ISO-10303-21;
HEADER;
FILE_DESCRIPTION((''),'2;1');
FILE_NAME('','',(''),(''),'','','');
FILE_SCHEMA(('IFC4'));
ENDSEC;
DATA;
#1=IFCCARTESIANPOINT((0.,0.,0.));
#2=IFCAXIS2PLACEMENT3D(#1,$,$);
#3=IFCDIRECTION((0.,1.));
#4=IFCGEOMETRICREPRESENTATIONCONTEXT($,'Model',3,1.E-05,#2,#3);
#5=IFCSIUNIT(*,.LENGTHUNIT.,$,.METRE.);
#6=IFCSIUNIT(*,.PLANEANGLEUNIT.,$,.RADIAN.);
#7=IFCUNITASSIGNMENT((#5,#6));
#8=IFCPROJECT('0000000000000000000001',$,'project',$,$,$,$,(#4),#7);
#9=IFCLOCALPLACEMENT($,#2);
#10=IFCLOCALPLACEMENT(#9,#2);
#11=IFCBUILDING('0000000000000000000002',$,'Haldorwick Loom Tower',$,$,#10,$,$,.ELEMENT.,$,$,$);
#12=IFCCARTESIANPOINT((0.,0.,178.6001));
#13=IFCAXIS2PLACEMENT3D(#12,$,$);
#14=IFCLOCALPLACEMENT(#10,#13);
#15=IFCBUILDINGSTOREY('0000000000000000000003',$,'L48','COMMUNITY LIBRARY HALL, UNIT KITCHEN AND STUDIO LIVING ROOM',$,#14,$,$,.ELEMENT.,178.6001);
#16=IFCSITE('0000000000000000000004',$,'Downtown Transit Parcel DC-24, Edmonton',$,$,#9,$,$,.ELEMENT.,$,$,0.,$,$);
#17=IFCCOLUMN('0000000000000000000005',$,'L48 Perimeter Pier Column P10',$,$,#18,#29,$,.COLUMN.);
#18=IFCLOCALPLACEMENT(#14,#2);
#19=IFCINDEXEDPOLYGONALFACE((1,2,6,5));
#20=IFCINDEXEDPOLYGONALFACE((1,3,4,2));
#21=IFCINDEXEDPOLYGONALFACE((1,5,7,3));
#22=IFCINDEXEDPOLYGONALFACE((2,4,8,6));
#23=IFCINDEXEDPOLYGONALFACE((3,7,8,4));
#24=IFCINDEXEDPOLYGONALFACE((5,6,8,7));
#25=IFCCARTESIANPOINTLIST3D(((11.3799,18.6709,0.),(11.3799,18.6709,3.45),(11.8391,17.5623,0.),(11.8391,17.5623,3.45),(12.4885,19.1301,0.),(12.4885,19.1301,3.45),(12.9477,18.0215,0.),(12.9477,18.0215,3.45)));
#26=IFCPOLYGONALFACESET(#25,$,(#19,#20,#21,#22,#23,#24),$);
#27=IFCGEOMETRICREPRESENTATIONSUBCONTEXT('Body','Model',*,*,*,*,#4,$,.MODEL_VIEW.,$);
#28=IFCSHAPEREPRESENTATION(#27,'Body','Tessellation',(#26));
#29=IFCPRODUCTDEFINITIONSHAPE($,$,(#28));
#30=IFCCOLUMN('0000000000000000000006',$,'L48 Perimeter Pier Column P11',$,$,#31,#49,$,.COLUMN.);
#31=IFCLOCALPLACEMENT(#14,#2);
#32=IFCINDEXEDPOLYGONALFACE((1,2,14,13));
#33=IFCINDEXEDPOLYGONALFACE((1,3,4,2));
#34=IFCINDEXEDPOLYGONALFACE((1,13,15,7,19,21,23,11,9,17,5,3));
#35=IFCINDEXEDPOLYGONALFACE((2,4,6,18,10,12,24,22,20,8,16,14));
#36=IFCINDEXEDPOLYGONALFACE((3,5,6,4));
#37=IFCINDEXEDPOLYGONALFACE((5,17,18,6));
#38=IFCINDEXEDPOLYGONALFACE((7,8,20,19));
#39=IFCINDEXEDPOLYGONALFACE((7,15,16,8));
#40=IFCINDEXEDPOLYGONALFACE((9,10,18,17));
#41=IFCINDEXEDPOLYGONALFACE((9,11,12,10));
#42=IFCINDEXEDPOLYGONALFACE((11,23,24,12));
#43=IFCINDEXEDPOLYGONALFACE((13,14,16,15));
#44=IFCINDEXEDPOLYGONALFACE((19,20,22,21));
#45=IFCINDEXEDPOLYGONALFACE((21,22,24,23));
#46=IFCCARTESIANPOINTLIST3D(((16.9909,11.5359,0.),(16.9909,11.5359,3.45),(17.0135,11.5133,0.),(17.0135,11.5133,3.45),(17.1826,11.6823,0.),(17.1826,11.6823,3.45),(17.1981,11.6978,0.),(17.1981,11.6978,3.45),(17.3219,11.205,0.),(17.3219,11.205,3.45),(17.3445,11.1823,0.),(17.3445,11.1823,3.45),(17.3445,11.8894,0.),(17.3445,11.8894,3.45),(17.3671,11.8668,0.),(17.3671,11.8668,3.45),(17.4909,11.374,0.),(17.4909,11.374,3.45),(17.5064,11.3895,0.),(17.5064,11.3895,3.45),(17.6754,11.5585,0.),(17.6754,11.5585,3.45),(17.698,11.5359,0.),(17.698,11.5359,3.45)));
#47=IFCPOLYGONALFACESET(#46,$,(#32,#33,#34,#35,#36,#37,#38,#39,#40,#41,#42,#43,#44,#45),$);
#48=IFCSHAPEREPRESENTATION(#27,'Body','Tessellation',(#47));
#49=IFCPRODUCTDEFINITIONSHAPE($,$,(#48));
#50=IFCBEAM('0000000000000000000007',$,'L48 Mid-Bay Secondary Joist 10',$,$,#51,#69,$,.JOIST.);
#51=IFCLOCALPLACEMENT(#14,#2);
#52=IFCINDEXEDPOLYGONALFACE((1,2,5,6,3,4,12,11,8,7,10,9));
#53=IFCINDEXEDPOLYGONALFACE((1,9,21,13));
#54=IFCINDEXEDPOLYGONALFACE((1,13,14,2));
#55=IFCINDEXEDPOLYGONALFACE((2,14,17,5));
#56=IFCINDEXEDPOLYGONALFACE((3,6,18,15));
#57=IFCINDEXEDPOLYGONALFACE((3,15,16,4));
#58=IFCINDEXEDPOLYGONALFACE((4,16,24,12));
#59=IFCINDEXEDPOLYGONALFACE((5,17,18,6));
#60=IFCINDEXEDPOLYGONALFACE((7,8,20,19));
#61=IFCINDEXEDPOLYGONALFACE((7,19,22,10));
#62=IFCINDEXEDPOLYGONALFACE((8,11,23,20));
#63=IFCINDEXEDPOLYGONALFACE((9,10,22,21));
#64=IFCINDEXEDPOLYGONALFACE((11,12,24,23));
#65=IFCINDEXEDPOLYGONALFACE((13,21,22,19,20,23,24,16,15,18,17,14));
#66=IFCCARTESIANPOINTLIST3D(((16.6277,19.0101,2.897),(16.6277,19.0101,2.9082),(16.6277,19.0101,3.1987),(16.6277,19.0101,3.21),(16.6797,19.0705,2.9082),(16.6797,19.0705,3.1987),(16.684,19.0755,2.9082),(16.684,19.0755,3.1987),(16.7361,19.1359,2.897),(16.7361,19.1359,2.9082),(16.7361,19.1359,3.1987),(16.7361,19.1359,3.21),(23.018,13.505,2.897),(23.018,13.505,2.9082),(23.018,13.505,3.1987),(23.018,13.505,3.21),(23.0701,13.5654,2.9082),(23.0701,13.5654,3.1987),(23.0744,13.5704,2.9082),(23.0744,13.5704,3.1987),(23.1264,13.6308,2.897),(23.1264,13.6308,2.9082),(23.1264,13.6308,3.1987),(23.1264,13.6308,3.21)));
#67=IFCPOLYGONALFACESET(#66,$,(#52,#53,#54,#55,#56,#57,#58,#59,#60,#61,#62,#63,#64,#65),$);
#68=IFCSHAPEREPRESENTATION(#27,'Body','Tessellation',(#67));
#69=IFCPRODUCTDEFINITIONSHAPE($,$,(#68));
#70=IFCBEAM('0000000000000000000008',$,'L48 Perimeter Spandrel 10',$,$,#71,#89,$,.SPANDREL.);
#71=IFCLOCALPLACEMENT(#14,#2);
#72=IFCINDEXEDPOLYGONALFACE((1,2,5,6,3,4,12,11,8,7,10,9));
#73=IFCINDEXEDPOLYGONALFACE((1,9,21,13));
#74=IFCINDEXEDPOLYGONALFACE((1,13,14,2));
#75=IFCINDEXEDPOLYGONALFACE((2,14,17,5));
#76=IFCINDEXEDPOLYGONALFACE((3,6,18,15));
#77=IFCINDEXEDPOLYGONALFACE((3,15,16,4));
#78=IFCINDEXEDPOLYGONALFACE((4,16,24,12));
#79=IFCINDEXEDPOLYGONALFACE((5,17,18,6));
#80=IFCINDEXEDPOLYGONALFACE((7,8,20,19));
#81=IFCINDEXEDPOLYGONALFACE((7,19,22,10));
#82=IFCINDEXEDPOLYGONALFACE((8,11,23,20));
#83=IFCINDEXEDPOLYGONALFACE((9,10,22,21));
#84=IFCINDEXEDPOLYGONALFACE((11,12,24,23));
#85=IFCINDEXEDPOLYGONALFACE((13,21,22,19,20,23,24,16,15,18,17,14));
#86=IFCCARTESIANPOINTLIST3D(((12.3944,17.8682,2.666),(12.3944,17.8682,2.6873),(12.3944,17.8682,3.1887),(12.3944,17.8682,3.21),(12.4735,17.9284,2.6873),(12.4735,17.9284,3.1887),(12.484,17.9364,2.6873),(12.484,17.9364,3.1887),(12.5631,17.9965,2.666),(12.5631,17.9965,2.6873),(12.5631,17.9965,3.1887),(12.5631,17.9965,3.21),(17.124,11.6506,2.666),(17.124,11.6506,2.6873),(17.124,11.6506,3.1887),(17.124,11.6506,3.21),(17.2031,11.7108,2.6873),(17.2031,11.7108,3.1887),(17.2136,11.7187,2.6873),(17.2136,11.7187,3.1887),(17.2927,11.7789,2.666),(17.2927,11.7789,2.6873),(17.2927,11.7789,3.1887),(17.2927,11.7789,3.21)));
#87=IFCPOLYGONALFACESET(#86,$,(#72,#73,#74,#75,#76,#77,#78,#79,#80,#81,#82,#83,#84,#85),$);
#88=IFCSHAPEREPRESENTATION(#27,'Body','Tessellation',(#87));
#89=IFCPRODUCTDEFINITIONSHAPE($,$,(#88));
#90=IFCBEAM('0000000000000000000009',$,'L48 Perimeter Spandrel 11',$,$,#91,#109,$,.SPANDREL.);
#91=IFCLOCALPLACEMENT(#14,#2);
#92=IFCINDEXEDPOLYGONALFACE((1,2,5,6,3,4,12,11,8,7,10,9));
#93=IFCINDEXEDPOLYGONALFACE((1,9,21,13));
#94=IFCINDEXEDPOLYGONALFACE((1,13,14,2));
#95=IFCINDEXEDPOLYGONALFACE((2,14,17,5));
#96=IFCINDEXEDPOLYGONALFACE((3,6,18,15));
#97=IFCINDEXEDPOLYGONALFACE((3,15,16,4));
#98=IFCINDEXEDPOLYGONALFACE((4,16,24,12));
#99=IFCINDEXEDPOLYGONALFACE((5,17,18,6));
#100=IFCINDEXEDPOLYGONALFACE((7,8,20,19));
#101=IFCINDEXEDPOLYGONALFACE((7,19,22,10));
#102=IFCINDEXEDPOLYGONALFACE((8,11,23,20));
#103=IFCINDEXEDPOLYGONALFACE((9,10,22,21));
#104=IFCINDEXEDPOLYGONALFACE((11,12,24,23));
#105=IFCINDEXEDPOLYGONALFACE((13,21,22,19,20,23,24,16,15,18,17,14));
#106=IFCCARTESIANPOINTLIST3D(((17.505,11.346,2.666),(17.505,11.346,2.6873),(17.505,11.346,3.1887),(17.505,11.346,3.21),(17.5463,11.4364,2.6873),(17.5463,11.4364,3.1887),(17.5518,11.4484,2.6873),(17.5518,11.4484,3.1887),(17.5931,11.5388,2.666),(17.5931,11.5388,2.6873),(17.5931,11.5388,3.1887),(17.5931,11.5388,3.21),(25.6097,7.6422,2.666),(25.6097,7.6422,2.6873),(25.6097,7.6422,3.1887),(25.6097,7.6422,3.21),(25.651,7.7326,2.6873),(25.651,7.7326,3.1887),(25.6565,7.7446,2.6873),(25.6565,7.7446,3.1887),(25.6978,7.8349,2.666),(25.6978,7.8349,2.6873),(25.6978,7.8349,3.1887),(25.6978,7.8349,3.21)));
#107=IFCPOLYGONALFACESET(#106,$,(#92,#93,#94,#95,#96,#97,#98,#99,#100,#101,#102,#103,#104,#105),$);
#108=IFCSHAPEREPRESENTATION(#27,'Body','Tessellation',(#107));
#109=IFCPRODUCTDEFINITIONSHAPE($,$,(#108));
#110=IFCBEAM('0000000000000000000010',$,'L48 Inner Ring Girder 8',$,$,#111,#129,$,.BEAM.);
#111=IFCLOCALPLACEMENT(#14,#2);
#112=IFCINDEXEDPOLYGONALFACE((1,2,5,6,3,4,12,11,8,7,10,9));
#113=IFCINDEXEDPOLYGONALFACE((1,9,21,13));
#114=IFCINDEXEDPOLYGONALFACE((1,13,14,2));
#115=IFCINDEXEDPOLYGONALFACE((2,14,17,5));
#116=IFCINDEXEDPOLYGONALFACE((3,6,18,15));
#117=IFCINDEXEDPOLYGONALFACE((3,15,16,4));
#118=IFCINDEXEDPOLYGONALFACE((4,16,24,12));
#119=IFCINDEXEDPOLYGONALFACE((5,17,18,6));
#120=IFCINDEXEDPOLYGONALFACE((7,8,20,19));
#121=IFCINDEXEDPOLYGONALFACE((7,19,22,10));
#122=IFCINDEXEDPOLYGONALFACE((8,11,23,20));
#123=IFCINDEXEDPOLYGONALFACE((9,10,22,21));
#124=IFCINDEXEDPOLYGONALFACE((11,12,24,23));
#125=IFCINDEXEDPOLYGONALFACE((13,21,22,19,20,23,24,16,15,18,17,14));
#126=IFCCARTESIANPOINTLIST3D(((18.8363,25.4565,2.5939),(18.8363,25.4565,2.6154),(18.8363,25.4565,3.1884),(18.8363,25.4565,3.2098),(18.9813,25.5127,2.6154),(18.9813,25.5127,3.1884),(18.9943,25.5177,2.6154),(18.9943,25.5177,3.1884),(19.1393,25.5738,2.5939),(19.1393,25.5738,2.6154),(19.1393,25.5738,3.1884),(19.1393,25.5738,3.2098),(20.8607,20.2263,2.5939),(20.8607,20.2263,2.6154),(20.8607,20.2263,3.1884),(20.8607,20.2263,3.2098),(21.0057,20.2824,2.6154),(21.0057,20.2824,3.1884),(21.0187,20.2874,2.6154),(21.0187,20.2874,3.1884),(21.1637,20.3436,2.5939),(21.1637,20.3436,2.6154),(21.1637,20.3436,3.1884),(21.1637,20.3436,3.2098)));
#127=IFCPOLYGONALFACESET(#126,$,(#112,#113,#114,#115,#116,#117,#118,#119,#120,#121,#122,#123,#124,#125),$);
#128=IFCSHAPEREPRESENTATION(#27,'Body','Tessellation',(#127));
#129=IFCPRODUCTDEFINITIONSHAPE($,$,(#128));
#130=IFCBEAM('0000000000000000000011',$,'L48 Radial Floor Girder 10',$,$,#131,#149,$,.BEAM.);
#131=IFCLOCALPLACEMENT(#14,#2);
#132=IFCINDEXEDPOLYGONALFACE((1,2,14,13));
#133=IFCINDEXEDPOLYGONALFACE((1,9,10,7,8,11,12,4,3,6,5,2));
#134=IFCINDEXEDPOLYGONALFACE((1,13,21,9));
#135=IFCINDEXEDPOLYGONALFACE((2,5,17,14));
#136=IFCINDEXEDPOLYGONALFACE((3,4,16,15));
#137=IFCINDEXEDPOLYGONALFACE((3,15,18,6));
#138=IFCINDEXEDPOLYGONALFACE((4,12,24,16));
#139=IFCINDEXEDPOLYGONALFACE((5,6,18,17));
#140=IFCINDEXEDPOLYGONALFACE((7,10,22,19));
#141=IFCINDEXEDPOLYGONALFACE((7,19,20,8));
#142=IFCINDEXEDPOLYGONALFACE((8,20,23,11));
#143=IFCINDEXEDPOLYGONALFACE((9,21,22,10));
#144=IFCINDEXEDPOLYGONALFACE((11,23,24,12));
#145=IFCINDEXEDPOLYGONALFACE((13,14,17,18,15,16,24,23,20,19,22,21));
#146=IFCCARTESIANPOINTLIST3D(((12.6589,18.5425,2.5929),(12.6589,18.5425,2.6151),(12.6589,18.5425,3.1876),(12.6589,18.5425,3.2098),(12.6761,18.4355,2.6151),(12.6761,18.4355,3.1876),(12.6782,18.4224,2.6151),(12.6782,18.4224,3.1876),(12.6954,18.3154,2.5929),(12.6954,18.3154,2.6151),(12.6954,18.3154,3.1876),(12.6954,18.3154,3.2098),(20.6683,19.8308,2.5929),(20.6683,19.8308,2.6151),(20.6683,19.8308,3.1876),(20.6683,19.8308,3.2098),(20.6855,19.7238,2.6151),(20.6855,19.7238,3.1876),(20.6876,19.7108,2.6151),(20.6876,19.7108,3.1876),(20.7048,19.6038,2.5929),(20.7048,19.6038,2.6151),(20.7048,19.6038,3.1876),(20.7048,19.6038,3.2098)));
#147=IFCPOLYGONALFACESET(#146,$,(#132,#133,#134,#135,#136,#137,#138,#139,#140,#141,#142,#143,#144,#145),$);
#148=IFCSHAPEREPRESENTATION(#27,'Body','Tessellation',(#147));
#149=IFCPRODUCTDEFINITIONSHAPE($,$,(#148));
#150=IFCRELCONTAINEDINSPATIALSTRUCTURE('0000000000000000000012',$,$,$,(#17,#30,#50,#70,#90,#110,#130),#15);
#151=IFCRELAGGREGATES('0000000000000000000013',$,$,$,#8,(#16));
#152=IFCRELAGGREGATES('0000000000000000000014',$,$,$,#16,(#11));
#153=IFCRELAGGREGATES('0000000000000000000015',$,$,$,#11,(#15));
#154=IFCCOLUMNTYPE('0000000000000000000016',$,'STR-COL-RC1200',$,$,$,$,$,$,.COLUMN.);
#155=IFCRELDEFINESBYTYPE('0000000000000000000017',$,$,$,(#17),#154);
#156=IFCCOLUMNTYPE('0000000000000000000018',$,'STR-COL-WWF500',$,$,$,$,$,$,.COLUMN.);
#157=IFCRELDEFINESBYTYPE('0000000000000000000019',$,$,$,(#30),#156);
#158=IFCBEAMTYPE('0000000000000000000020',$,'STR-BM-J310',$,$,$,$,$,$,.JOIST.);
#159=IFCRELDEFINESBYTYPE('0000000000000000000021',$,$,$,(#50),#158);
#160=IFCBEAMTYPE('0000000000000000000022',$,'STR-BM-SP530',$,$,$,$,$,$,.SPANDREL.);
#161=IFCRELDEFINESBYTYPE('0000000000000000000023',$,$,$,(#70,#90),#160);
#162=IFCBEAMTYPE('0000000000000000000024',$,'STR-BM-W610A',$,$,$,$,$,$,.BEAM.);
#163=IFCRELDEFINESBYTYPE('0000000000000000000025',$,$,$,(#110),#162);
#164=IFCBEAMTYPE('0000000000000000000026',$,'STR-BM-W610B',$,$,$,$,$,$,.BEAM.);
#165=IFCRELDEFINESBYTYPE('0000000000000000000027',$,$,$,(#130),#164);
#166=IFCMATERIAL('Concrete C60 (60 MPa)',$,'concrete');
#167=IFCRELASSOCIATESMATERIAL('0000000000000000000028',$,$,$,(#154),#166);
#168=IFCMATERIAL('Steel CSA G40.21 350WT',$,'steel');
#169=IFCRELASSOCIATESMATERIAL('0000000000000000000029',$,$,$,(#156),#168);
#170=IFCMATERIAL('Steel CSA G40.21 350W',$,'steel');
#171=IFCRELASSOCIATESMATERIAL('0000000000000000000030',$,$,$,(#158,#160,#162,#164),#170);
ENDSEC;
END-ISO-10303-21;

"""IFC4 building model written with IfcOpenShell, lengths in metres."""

from ifc_helpers import new_model, si_unit, direction, frame, origin, origin_2d, place, context, subcontext, project, spatial, rectangle, i_section, extrude, material, material_profile, profile_set, type_object, element, save


model = new_model("IFC4")

# Units and contexts
model_context = context("Model", 3, precision=1e-05, world=origin(), true_north=direction((0.0, 1.0)))
body_context = subcontext(model_context, "Body", "Model", "MODEL_VIEW")
ifc_project = project(units=[si_unit("LENGTHUNIT", "METRE"), si_unit("PLANEANGLEUNIT", "RADIAN")], contexts=[model_context])

# Site, building, storey
site_placement = place(None, origin())
site = spatial("IfcSite", under=ifc_project, at=site_placement, Name="Downtown Transit Parcel DC-24, Edmonton", CompositionType="ELEMENT", RefElevation=0.0)
building_placement = place(site_placement, origin())
building = spatial("IfcBuilding", under=site, at=building_placement, Name="Haldorwick Loom Tower", CompositionType="ELEMENT")
storey_placement = place(building_placement, frame((0.0, 0.0, 178.6001)))
storey = spatial("IfcBuildingStorey", under=building, at=storey_placement, Name="L48", Description="COMMUNITY LIBRARY HALL, UNIT KITCHEN AND STUDIO LIVING ROOM", CompositionType="ELEMENT", Elevation=178.6001)

# Columns
ifc_material_1 = material(Name="Concrete C60 (60 MPa)", Category="concrete")
ifc_material_profile_1 = material_profile(ifc_material_1, rectangle(XDim=1.2, YDim=1.2, at=origin_2d()), Name="RC1200X1200", Category="concrete")
ifc_profile_set_1 = profile_set([ifc_material_profile_1], Name="Concrete C60 (60 MPa)")
column_type_1 = type_object("IfcColumnType", Name="STR-COL-RC1200", PredefinedType="COLUMN", material=ifc_profile_set_1)
column_1_placement = place(storey_placement, frame((12.1638, 18.3462, 0.0), z_axis=(0.0, 0.0, 1.0), x_axis=(-0.92388, -0.382683, 0.0)))
element("IfcColumn", 1, at=column_1_placement, inside=storey, type_object=column_type_1, Name="L48 Perimeter Pier Column P10", PredefinedType="COLUMN", context=body_context, shape_type="SweptSolid", body=[
    extrude(rectangle(XDim=1.2, YDim=1.2, at=origin_2d()), origin(), (0.0, 0.0, 1.0), 3.45),
])
ifc_material_2 = material(Name="Steel CSA G40.21 350WT", Category="steel")
ifc_material_profile_2 = material_profile(ifc_material_2, i_section(OverallWidth=0.5, OverallDepth=0.5, WebThickness=0.022, FlangeThickness=0.032, at=origin_2d()), Name="WWF500X500", Category="steel")
ifc_profile_set_2 = profile_set([ifc_material_profile_2], Name="Steel CSA G40.21 350WT")
column_type_2 = type_object("IfcColumnType", Name="STR-COL-WWF500", PredefinedType="COLUMN", material=ifc_profile_set_2)
column_2_placement = place(storey_placement, frame((17.3445, 11.5359, 0.0), z_axis=(0.0, 0.0, 1.0), x_axis=(-0.707107, -0.707107, 0.0)))
element("IfcColumn", 2, at=column_2_placement, inside=storey, type_object=column_type_2, Name="L48 Perimeter Pier Column P11", PredefinedType="COLUMN", context=body_context, shape_type="SweptSolid", body=[
    extrude(i_section(OverallWidth=0.5, OverallDepth=0.5, WebThickness=0.022, FlangeThickness=0.032, at=origin_2d()), origin(), (0.0, 0.0, 1.0), 3.45),
])

# Beams
ifc_material_3 = material(Name="Steel CSA G40.21 350W", Category="steel")
ifc_material_profile_3 = material_profile(ifc_material_3, i_section(OverallWidth=0.166, OverallDepth=0.313, WebThickness=0.0066, FlangeThickness=0.0112, at=origin_2d()), Name="W310X45", Category="steel")
ifc_profile_set_3 = profile_set([ifc_material_profile_3], Name="Steel CSA G40.21 350W")
beam_type_1 = type_object("IfcBeamType", Name="STR-BM-J310", PredefinedType="JOIST", material=ifc_profile_set_3)
beam_1_placement = place(storey_placement, frame((16.6819, 19.073, 3.0535), z_axis=(0.757634, -0.65268, 0.0), x_axis=(0.65268, 0.757634, 0.0)))
element("IfcBeam", 3, at=beam_1_placement, inside=storey, type_object=beam_type_1, Name="L48 Mid-Bay Secondary Joist 10", PredefinedType="JOIST", context=body_context, shape_type="SweptSolid", body=[
    extrude(i_section(OverallWidth=0.166, OverallDepth=0.313, WebThickness=0.0066, FlangeThickness=0.0112, at=origin_2d()), origin(), (0.0, 0.0, 1.0), 8.4346),
])
ifc_material_profile_4 = material_profile(ifc_material_3, i_section(OverallWidth=0.2119, OverallDepth=0.5439, WebThickness=0.0132, FlangeThickness=0.0212, at=origin_2d()), Name="W530X123", Category="steel")
ifc_profile_set_4 = profile_set([ifc_material_profile_4], Name="Steel CSA G40.21 350W")
beam_type_2 = type_object("IfcBeamType", Name="STR-BM-SP530", PredefinedType="SPANDREL", material=ifc_profile_set_4)
beam_2_placement = place(storey_placement, frame((12.4788, 17.9324, 2.938), z_axis=(0.605422, -0.795905, 0.0), x_axis=(0.795905, 0.605422, 0.0)))
element("IfcBeam", 4, at=beam_2_placement, inside=storey, type_object=beam_type_2, Name="L48 Perimeter Spandrel 10", PredefinedType="SPANDREL", context=body_context, shape_type="SweptSolid", body=[
    extrude(i_section(OverallWidth=0.2119, OverallDepth=0.5439, WebThickness=0.0132, FlangeThickness=0.0212, at=origin_2d()), origin(), (0.0, 0.0, 1.0), 7.812),
])
beam_3_placement = place(storey_placement, frame((17.5491, 11.4424, 2.938), z_axis=(0.909524, -0.415652, 0.0), x_axis=(0.415652, 0.909524, 0.0)))
element("IfcBeam", 5, at=beam_3_placement, inside=storey, type_object=beam_type_2, Name="L48 Perimeter Spandrel 11", PredefinedType="SPANDREL", context=body_context, shape_type="SweptSolid", body=[
    extrude(i_section(OverallWidth=0.2119, OverallDepth=0.5439, WebThickness=0.0132, FlangeThickness=0.0212, at=origin_2d()), origin(), (0.0, 0.0, 1.0), 8.9109),
])
ifc_material_profile_5 = material_profile(ifc_material_3, i_section(OverallWidth=0.325, OverallDepth=0.616, WebThickness=0.0139, FlangeThickness=0.0215, at=origin_2d()), Name="W610X174", Category="steel")
ifc_profile_set_5 = profile_set([ifc_material_profile_5], Name="Steel CSA G40.21 350W")
beam_type_3 = type_object("IfcBeamType", Name="STR-BM-W610A", PredefinedType="BEAM", material=ifc_profile_set_5)
beam_4_placement = place(storey_placement, frame((21.0122, 20.2849, 2.9019), z_axis=(-0.360965, 0.932579, 0.0), x_axis=(-0.932579, -0.360965, 0.0)))
element("IfcBeam", 6, at=beam_4_placement, inside=storey, type_object=beam_type_3, Name="L48 Inner Ring Girder 8", PredefinedType="BEAM", context=body_context, shape_type="SweptSolid", body=[
    extrude(i_section(OverallWidth=0.325, OverallDepth=0.616, WebThickness=0.0139, FlangeThickness=0.0215, at=origin_2d()), origin(), (0.0, 0.0, 1.0), 5.6084),
])
ifc_material_profile_6 = material_profile(ifc_material_3, i_section(OverallWidth=0.23, OverallDepth=0.6169, WebThickness=0.0132, FlangeThickness=0.0222, at=origin_2d()), Name="W610X140", Category="steel")
ifc_profile_set_6 = profile_set([ifc_material_profile_6], Name="Steel CSA G40.21 350W")
beam_type_4 = type_object("IfcBeamType", Name="STR-BM-W610B", PredefinedType="BEAM", material=ifc_profile_set_6)
beam_5_placement = place(storey_placement, frame((20.6865, 19.7173, 2.9014), z_axis=(-0.987309, -0.158813, 0.0), x_axis=(0.158813, -0.987309, 0.0)))
element("IfcBeam", 7, at=beam_5_placement, inside=storey, type_object=beam_type_4, Name="L48 Radial Floor Girder 10", PredefinedType="BEAM", context=body_context, shape_type="SweptSolid", body=[
    extrude(i_section(OverallWidth=0.23, OverallDepth=0.6169, WebThickness=0.0132, FlangeThickness=0.0222, at=origin_2d()), origin(), (0.0, 0.0, 1.0), 8.1123),
])

save(model, "model.ifc")
